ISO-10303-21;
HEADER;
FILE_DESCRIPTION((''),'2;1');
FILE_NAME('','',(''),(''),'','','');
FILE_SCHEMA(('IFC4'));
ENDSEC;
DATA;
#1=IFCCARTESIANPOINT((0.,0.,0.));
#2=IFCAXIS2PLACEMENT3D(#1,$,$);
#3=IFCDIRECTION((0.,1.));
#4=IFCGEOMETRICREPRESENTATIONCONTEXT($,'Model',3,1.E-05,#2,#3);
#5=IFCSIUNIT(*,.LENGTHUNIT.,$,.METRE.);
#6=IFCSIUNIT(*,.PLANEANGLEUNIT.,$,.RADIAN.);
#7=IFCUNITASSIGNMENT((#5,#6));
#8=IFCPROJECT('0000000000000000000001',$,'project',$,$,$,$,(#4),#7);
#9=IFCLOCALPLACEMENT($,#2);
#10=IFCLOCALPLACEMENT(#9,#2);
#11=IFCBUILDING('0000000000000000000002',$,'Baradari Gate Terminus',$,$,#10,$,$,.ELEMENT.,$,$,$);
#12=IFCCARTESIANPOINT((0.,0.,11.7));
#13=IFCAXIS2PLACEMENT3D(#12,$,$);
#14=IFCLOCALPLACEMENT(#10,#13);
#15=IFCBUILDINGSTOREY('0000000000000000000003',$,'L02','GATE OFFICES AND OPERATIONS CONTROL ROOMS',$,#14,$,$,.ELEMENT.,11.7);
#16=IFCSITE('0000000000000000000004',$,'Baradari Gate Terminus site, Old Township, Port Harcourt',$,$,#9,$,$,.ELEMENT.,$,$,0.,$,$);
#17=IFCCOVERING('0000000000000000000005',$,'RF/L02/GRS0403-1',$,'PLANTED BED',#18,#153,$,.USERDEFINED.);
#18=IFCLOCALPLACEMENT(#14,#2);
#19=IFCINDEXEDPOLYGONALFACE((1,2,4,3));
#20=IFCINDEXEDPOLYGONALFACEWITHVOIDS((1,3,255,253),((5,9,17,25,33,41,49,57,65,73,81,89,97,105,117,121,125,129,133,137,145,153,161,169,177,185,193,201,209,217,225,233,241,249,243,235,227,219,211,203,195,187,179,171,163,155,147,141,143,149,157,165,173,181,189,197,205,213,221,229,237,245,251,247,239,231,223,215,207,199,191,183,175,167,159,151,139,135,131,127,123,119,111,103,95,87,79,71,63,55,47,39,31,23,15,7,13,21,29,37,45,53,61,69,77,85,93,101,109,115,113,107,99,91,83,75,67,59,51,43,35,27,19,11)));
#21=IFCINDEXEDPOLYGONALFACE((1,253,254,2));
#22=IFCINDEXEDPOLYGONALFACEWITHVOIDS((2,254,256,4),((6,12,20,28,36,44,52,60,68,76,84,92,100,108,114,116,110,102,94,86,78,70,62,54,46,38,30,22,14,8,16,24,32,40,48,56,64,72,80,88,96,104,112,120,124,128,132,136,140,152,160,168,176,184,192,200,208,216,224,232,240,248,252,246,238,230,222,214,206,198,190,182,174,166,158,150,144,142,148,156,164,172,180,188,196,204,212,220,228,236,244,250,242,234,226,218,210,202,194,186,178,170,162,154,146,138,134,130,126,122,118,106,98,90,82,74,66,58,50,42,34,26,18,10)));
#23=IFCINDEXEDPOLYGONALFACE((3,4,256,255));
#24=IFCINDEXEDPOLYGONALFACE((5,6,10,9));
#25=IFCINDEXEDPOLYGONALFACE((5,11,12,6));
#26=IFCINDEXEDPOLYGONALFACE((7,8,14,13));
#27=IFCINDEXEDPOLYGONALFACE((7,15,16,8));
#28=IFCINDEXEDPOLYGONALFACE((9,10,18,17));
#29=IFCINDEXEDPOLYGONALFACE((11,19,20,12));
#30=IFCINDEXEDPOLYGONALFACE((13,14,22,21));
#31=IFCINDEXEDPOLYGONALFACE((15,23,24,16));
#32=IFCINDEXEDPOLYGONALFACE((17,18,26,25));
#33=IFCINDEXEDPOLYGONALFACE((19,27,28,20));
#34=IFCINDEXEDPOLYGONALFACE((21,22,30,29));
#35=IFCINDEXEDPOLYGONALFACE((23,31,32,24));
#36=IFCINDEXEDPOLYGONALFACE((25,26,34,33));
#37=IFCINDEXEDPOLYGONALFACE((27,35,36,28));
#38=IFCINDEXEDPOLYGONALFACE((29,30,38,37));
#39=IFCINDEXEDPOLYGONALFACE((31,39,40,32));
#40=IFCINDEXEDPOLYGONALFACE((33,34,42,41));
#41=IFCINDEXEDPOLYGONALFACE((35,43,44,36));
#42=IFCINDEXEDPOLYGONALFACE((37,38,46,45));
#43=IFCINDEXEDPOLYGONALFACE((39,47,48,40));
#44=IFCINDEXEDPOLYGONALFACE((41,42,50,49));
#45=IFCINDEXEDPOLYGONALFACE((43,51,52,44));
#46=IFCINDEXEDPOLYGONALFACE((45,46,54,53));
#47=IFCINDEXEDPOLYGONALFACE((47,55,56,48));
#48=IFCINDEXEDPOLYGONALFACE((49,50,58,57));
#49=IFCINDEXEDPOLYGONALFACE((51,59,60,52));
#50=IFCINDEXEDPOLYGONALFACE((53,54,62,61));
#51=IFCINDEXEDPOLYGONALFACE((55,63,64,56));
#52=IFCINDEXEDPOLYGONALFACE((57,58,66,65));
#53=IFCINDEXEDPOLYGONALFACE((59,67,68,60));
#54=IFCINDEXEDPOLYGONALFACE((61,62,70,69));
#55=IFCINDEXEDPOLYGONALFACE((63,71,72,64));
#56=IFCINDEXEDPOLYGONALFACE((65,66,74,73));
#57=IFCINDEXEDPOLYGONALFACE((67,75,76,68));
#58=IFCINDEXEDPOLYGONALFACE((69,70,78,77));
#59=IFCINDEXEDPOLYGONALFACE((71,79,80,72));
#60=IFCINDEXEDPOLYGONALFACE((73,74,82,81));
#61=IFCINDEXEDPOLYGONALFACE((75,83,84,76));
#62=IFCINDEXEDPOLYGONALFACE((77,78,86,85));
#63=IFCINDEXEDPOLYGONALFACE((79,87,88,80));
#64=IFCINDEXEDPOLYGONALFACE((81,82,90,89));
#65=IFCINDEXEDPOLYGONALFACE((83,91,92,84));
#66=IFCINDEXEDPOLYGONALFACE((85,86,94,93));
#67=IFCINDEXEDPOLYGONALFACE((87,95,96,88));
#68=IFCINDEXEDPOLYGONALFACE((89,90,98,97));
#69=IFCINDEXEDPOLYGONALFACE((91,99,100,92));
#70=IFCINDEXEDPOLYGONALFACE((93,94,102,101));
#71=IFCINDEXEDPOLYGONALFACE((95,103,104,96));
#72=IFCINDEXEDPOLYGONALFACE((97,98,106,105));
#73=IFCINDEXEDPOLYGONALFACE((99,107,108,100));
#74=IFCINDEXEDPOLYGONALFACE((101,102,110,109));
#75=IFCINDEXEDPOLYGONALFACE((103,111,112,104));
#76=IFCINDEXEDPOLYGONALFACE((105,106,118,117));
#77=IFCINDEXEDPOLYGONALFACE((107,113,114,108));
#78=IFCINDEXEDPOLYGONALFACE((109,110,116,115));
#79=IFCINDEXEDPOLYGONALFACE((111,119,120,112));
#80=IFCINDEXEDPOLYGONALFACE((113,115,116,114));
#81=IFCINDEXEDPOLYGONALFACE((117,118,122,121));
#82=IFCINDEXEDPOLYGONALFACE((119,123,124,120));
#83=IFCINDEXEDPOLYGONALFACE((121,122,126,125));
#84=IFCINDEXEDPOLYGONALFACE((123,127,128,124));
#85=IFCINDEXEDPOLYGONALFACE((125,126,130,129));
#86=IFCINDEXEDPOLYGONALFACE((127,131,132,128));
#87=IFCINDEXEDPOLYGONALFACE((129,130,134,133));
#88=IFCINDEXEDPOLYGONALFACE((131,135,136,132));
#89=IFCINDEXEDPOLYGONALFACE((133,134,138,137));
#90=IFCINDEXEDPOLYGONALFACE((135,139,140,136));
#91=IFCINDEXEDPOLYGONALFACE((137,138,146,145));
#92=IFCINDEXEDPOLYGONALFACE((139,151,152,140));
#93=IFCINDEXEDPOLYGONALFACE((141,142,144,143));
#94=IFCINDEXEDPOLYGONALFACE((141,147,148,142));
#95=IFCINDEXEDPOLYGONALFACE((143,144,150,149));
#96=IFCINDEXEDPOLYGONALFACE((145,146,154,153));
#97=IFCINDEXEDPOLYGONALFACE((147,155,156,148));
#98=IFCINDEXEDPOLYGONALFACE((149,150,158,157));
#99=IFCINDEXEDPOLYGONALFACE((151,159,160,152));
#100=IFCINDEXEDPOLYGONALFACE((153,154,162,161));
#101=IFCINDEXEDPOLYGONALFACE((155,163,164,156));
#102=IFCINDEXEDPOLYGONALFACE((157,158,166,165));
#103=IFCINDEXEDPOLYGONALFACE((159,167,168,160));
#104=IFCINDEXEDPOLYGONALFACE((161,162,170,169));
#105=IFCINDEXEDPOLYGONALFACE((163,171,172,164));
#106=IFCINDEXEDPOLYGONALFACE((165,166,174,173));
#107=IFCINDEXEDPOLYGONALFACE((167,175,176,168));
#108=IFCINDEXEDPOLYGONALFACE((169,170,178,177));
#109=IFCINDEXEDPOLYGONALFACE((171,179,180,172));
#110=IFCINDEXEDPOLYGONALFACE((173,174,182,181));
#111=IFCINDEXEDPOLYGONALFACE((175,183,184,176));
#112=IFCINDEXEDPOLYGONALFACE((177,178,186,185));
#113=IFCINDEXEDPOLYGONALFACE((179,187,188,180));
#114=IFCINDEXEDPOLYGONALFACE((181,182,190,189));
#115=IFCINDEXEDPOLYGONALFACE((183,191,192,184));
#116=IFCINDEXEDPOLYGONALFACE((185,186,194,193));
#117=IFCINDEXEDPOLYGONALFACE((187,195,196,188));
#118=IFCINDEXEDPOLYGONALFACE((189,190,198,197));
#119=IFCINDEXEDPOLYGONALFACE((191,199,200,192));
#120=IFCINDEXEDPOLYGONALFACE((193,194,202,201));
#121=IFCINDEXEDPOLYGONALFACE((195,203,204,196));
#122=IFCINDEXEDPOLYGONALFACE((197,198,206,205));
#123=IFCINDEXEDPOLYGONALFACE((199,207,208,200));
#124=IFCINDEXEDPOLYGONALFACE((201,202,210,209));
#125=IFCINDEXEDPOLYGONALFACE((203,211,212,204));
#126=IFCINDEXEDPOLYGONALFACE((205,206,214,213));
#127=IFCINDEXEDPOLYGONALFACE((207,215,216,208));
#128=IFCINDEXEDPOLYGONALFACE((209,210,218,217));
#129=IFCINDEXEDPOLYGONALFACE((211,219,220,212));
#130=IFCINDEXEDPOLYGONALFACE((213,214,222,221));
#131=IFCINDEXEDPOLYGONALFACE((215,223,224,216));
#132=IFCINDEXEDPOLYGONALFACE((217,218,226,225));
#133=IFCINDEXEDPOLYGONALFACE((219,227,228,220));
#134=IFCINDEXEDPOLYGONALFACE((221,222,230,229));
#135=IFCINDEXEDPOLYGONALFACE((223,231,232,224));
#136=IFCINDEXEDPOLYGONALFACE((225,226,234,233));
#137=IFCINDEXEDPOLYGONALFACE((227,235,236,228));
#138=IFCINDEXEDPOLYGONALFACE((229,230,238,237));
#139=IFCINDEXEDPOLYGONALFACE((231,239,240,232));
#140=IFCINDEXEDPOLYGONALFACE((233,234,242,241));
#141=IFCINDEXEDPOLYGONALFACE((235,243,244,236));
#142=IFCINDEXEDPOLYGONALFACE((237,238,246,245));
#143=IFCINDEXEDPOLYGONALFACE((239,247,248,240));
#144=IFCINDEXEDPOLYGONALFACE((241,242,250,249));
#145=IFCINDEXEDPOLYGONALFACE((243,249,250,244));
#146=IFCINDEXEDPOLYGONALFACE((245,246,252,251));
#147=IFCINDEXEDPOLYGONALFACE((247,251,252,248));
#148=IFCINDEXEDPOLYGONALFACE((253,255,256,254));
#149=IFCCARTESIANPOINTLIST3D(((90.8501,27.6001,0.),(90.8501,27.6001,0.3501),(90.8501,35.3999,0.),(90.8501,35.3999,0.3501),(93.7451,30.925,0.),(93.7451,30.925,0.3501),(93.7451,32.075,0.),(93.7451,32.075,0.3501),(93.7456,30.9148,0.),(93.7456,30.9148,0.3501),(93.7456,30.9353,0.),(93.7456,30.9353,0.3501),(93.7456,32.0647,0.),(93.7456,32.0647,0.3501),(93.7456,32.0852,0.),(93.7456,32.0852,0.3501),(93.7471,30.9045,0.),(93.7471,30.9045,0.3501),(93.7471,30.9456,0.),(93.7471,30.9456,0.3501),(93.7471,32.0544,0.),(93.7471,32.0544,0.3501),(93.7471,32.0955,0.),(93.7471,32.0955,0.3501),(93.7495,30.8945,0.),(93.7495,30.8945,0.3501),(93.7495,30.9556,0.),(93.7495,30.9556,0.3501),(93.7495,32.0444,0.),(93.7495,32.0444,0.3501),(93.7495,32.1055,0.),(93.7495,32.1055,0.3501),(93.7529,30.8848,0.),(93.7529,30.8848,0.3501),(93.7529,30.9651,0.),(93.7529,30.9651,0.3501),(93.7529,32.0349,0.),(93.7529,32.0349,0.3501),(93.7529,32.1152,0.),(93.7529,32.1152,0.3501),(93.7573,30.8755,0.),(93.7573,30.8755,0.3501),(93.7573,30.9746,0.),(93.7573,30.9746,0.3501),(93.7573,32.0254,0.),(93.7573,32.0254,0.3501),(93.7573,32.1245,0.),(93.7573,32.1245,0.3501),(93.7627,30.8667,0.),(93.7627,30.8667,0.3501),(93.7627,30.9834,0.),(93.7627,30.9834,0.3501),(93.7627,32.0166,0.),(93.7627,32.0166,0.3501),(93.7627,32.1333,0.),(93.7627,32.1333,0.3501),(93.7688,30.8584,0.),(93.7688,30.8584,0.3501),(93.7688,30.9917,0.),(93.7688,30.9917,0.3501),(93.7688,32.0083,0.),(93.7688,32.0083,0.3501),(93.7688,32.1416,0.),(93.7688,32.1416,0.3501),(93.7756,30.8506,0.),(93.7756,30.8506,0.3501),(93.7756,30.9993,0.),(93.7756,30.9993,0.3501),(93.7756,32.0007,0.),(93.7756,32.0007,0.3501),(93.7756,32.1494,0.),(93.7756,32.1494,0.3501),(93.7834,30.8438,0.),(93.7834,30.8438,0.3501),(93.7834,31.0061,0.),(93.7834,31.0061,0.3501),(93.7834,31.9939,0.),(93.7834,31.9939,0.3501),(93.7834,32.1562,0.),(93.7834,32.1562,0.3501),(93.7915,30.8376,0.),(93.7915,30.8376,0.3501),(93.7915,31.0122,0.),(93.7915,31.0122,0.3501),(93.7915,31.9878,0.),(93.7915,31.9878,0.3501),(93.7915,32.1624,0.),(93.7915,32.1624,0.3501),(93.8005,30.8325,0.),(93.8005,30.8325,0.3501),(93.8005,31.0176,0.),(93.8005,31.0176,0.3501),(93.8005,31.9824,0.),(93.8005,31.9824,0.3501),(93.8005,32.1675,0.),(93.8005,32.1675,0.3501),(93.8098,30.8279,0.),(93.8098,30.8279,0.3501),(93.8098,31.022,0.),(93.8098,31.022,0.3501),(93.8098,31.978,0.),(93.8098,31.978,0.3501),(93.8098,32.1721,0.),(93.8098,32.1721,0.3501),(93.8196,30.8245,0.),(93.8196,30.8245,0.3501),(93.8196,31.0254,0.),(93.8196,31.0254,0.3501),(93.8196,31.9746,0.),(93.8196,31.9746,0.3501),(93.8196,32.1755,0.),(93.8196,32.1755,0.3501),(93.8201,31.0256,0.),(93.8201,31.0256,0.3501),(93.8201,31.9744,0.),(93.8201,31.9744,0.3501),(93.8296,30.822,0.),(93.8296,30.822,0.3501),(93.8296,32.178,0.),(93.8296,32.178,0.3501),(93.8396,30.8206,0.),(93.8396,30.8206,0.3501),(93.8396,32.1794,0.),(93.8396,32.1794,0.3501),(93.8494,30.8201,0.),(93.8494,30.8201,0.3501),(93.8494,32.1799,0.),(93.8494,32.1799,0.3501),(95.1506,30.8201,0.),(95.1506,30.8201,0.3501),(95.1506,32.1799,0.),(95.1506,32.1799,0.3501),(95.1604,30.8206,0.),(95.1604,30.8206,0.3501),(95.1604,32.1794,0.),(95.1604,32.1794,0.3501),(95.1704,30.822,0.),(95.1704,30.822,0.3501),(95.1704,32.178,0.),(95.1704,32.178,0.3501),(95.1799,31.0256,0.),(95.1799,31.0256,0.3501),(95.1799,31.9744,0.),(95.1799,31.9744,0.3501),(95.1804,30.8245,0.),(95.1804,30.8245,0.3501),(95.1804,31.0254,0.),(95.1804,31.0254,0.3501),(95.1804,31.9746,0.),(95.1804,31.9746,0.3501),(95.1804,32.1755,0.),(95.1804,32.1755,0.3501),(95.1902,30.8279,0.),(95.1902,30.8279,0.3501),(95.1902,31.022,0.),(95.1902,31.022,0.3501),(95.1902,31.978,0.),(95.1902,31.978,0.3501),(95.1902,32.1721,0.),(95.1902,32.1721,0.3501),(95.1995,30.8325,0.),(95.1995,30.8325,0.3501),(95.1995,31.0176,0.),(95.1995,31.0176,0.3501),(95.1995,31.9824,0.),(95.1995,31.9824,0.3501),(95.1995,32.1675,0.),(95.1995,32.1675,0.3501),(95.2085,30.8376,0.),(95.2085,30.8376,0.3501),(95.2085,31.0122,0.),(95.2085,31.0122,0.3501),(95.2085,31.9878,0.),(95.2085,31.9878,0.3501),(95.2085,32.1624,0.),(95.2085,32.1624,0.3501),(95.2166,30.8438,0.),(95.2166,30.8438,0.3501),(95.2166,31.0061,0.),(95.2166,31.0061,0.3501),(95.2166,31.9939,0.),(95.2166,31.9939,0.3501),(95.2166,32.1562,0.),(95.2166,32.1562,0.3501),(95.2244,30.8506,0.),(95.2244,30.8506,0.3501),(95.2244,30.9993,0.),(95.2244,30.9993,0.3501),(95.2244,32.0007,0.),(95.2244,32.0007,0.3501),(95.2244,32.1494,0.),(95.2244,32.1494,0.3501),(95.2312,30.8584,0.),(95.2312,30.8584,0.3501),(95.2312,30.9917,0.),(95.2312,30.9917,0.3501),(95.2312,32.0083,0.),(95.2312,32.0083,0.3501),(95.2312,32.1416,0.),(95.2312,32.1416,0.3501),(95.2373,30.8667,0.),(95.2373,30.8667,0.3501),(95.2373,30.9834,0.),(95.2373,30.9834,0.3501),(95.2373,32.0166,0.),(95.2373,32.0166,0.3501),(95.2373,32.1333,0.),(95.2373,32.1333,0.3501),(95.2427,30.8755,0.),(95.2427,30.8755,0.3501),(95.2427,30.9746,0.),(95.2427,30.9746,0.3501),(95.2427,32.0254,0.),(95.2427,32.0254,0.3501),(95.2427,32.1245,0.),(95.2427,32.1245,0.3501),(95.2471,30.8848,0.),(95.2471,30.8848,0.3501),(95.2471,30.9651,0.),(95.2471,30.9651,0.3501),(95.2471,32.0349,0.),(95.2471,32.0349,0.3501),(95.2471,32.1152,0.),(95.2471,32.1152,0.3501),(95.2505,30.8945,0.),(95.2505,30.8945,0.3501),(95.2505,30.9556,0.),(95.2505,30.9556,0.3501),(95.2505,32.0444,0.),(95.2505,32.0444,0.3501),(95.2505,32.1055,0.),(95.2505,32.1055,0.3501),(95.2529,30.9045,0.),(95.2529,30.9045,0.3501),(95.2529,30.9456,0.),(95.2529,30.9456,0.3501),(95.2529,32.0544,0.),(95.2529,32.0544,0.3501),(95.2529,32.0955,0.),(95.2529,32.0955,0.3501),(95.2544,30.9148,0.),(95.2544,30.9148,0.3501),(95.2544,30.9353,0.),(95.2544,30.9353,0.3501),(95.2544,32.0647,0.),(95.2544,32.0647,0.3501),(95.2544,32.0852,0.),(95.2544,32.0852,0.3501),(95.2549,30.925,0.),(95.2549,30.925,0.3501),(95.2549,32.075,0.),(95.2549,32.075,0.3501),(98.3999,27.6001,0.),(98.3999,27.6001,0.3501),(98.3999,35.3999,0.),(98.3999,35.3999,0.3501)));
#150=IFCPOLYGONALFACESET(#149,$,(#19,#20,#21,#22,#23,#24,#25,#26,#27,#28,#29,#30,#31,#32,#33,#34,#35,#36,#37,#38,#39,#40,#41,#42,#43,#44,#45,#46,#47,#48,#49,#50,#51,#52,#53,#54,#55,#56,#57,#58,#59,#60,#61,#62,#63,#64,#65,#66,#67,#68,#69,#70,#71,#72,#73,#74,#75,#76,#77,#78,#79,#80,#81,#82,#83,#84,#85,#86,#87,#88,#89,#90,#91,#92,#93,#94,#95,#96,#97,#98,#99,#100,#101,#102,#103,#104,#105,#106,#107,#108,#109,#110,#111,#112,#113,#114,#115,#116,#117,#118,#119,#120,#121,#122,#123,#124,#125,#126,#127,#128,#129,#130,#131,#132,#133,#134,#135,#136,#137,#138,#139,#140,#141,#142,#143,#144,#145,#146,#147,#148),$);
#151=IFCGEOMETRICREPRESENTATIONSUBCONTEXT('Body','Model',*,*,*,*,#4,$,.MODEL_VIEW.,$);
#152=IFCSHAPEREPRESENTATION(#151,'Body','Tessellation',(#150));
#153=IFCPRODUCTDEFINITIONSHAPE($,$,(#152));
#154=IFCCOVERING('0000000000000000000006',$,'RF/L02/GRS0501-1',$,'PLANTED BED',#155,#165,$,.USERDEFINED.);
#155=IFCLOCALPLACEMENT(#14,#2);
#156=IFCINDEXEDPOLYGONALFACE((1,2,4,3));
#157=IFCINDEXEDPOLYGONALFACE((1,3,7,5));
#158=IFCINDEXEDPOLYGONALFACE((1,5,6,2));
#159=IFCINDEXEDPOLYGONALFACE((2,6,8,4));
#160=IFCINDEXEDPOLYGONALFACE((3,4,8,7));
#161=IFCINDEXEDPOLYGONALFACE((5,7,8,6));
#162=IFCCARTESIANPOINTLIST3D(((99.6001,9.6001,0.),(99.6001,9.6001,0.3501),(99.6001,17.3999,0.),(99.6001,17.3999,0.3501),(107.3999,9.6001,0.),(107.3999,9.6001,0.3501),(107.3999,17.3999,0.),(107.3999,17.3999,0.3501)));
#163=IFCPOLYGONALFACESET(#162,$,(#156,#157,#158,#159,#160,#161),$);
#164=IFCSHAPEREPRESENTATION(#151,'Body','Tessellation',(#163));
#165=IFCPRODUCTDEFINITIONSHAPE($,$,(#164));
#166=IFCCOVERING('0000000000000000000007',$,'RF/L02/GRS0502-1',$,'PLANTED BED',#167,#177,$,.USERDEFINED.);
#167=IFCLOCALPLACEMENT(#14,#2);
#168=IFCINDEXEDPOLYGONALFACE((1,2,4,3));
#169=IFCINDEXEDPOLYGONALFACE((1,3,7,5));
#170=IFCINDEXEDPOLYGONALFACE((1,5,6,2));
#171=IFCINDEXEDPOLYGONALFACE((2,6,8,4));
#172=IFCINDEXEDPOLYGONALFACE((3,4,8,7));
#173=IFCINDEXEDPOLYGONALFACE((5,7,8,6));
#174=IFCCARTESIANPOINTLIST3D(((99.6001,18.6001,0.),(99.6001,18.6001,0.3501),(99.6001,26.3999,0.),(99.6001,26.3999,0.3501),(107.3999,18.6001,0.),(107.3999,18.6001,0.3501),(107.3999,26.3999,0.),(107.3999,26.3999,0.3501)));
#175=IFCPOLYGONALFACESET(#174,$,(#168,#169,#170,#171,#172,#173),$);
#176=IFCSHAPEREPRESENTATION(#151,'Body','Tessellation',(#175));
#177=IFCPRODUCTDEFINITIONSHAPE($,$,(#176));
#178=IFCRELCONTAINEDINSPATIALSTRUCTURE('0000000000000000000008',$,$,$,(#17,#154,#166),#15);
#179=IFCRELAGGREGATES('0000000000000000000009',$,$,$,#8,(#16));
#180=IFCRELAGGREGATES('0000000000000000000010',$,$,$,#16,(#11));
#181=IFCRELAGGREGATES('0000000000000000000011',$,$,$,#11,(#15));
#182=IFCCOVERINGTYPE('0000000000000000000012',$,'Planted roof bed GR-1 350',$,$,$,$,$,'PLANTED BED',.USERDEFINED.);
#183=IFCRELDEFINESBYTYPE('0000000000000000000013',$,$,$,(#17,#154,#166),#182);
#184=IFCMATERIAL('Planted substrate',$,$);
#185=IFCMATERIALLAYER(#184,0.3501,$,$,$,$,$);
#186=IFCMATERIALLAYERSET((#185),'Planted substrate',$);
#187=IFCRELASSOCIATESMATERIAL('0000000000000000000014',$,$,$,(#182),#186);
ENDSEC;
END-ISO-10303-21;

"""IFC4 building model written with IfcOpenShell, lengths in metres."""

from ifc_helpers import new_model, si_unit, direction, frame, origin, place, context, subcontext, project, spatial, polyline, outline, extrude, material, layer, layer_set, type_object, element, save


model = new_model("IFC4")

# Units and contexts
model_context = context("Model", 3, precision=1e-05, world=origin(), true_north=direction((0.0, 1.0)))
body_context = subcontext(model_context, "Body", "Model", "MODEL_VIEW")
ifc_project = project(units=[si_unit("LENGTHUNIT", "METRE"), si_unit("PLANEANGLEUNIT", "RADIAN")], contexts=[model_context])

# Site, building, storey
site_placement = place(None, origin())
site = spatial("IfcSite", under=ifc_project, at=site_placement, Name="Baradari Gate Terminus site, Old Township, Port Harcourt", CompositionType="ELEMENT", RefElevation=0.0)
building_placement = place(site_placement, origin())
building = spatial("IfcBuilding", under=site, at=building_placement, Name="Baradari Gate Terminus", CompositionType="ELEMENT")
storey_placement = place(building_placement, frame((0.0, 0.0, 11.7)))
storey = spatial("IfcBuildingStorey", under=building, at=storey_placement, Name="L02", Description="GATE OFFICES AND OPERATIONS CONTROL ROOMS", CompositionType="ELEMENT", Elevation=11.7)

# Coverings
ifc_material = material(Name="Planted substrate")
ifc_layer = layer(ifc_material, 0.3501)
ifc_layer_set = layer_set([ifc_layer], Name="Planted substrate")
covering_type = type_object("IfcCoveringType", Name="Planted roof bed GR-1 350", ElementType="PLANTED BED", PredefinedType="USERDEFINED", material=ifc_layer_set)
covering_1_placement = place(storey_placement, origin())
element("IfcCovering", 1, at=covering_1_placement, inside=storey, type_object=covering_type, Name="RF/L02/GRS0403-1", ObjectType="PLANTED BED", PredefinedType="USERDEFINED", context=body_context, shape_type="SweptSolid", body=[
    extrude(outline(polyline([(98.3999, 27.6001), (90.8501, 27.6001), (90.8501, 35.3999), (98.3999, 35.3999), (98.3999, 27.6001)]), holes=[polyline([(95.2312, 30.9917), (95.2244, 30.9993), (95.2166, 31.0061), (95.2085, 31.0122), (95.1995, 31.0176), (95.1902, 31.022), (95.1804, 31.0254), (95.1799, 31.0256), (95.1799, 31.9744), (95.1804, 31.9746), (95.1902, 31.978), (95.1995, 31.9824), (95.2085, 31.9878), (95.2166, 31.9939), (95.2244, 32.0007), (95.2312, 32.0083), (95.2373, 32.0166), (95.2427, 32.0254), (95.2471, 32.0349), (95.2505, 32.0444), (95.2529, 32.0544), (95.2544, 32.0647), (95.2549, 32.075), (95.2544, 32.0852), (95.2529, 32.0955), (95.2505, 32.1055), (95.2471, 32.1152), (95.2427, 32.1245), (95.2373, 32.1333), (95.2312, 32.1416), (95.2244, 32.1494), (95.2166, 32.1562), (95.2085, 32.1624), (95.1995, 32.1675), (95.1902, 32.1721), (95.1804, 32.1755), (95.1704, 32.178), (95.1604, 32.1794), (95.1506, 32.1799), (93.8494, 32.1799), (93.8396, 32.1794), (93.8296, 32.178), (93.8196, 32.1755), (93.8098, 32.1721), (93.8005, 32.1675), (93.7915, 32.1624), (93.7834, 32.1562), (93.7756, 32.1494), (93.7688, 32.1416), (93.7627, 32.1333), (93.7573, 32.1245), (93.7529, 32.1152), (93.7495, 32.1055), (93.7471, 32.0955), (93.7456, 32.0852), (93.7451, 32.075), (93.7456, 32.0647), (93.7471, 32.0544), (93.7495, 32.0444), (93.7529, 32.0349), (93.7573, 32.0254), (93.7627, 32.0166), (93.7688, 32.0083), (93.7756, 32.0007), (93.7834, 31.9939), (93.7915, 31.9878), (93.8005, 31.9824), (93.8098, 31.978), (93.8196, 31.9746), (93.8201, 31.9744), (93.8201, 31.0256), (93.8196, 31.0254), (93.8098, 31.022), (93.8005, 31.0176), (93.7915, 31.0122), (93.7834, 31.0061), (93.7756, 30.9993), (93.7688, 30.9917), (93.7627, 30.9834), (93.7573, 30.9746), (93.7529, 30.9651), (93.7495, 30.9556), (93.7471, 30.9456), (93.7456, 30.9353), (93.7451, 30.925), (93.7456, 30.9148), (93.7471, 30.9045), (93.7495, 30.8945), (93.7529, 30.8848), (93.7573, 30.8755), (93.7627, 30.8667), (93.7688, 30.8584), (93.7756, 30.8506), (93.7834, 30.8438), (93.7915, 30.8376), (93.8005, 30.8325), (93.8098, 30.8279), (93.8196, 30.8245), (93.8296, 30.822), (93.8396, 30.8206), (93.8494, 30.8201), (95.1506, 30.8201), (95.1604, 30.8206), (95.1704, 30.822), (95.1804, 30.8245), (95.1902, 30.8279), (95.1995, 30.8325), (95.2085, 30.8376), (95.2166, 30.8438), (95.2244, 30.8506), (95.2312, 30.8584), (95.2373, 30.8667), (95.2427, 30.8755), (95.2471, 30.8848), (95.2505, 30.8945), (95.2529, 30.9045), (95.2544, 30.9148), (95.2549, 30.925), (95.2544, 30.9353), (95.2529, 30.9456), (95.2505, 30.9556), (95.2471, 30.9651), (95.2427, 30.9746), (95.2373, 30.9834), (95.2312, 30.9917)])]), origin(), (0.0, 0.0, 1.0), 0.3501),
])
covering_2_placement = place(storey_placement, origin())
element("IfcCovering", 2, at=covering_2_placement, inside=storey, type_object=covering_type, Name="RF/L02/GRS0501-1", ObjectType="PLANTED BED", PredefinedType="USERDEFINED", context=body_context, shape_type="SweptSolid", body=[
    extrude(outline(polyline([(99.6001, 17.3999), (107.3999, 17.3999), (107.3999, 9.6001), (99.6001, 9.6001), (99.6001, 17.3999)])), origin(), (0.0, 0.0, 1.0), 0.3501),
])
covering_3_placement = place(storey_placement, origin())
element("IfcCovering", 3, at=covering_3_placement, inside=storey, type_object=covering_type, Name="RF/L02/GRS0502-1", ObjectType="PLANTED BED", PredefinedType="USERDEFINED", context=body_context, shape_type="SweptSolid", body=[
    extrude(outline(polyline([(99.6001, 26.3999), (107.3999, 26.3999), (107.3999, 18.6001), (99.6001, 18.6001), (99.6001, 26.3999)])), origin(), (0.0, 0.0, 1.0), 0.3501),
])

save(model, "model.ifc")
